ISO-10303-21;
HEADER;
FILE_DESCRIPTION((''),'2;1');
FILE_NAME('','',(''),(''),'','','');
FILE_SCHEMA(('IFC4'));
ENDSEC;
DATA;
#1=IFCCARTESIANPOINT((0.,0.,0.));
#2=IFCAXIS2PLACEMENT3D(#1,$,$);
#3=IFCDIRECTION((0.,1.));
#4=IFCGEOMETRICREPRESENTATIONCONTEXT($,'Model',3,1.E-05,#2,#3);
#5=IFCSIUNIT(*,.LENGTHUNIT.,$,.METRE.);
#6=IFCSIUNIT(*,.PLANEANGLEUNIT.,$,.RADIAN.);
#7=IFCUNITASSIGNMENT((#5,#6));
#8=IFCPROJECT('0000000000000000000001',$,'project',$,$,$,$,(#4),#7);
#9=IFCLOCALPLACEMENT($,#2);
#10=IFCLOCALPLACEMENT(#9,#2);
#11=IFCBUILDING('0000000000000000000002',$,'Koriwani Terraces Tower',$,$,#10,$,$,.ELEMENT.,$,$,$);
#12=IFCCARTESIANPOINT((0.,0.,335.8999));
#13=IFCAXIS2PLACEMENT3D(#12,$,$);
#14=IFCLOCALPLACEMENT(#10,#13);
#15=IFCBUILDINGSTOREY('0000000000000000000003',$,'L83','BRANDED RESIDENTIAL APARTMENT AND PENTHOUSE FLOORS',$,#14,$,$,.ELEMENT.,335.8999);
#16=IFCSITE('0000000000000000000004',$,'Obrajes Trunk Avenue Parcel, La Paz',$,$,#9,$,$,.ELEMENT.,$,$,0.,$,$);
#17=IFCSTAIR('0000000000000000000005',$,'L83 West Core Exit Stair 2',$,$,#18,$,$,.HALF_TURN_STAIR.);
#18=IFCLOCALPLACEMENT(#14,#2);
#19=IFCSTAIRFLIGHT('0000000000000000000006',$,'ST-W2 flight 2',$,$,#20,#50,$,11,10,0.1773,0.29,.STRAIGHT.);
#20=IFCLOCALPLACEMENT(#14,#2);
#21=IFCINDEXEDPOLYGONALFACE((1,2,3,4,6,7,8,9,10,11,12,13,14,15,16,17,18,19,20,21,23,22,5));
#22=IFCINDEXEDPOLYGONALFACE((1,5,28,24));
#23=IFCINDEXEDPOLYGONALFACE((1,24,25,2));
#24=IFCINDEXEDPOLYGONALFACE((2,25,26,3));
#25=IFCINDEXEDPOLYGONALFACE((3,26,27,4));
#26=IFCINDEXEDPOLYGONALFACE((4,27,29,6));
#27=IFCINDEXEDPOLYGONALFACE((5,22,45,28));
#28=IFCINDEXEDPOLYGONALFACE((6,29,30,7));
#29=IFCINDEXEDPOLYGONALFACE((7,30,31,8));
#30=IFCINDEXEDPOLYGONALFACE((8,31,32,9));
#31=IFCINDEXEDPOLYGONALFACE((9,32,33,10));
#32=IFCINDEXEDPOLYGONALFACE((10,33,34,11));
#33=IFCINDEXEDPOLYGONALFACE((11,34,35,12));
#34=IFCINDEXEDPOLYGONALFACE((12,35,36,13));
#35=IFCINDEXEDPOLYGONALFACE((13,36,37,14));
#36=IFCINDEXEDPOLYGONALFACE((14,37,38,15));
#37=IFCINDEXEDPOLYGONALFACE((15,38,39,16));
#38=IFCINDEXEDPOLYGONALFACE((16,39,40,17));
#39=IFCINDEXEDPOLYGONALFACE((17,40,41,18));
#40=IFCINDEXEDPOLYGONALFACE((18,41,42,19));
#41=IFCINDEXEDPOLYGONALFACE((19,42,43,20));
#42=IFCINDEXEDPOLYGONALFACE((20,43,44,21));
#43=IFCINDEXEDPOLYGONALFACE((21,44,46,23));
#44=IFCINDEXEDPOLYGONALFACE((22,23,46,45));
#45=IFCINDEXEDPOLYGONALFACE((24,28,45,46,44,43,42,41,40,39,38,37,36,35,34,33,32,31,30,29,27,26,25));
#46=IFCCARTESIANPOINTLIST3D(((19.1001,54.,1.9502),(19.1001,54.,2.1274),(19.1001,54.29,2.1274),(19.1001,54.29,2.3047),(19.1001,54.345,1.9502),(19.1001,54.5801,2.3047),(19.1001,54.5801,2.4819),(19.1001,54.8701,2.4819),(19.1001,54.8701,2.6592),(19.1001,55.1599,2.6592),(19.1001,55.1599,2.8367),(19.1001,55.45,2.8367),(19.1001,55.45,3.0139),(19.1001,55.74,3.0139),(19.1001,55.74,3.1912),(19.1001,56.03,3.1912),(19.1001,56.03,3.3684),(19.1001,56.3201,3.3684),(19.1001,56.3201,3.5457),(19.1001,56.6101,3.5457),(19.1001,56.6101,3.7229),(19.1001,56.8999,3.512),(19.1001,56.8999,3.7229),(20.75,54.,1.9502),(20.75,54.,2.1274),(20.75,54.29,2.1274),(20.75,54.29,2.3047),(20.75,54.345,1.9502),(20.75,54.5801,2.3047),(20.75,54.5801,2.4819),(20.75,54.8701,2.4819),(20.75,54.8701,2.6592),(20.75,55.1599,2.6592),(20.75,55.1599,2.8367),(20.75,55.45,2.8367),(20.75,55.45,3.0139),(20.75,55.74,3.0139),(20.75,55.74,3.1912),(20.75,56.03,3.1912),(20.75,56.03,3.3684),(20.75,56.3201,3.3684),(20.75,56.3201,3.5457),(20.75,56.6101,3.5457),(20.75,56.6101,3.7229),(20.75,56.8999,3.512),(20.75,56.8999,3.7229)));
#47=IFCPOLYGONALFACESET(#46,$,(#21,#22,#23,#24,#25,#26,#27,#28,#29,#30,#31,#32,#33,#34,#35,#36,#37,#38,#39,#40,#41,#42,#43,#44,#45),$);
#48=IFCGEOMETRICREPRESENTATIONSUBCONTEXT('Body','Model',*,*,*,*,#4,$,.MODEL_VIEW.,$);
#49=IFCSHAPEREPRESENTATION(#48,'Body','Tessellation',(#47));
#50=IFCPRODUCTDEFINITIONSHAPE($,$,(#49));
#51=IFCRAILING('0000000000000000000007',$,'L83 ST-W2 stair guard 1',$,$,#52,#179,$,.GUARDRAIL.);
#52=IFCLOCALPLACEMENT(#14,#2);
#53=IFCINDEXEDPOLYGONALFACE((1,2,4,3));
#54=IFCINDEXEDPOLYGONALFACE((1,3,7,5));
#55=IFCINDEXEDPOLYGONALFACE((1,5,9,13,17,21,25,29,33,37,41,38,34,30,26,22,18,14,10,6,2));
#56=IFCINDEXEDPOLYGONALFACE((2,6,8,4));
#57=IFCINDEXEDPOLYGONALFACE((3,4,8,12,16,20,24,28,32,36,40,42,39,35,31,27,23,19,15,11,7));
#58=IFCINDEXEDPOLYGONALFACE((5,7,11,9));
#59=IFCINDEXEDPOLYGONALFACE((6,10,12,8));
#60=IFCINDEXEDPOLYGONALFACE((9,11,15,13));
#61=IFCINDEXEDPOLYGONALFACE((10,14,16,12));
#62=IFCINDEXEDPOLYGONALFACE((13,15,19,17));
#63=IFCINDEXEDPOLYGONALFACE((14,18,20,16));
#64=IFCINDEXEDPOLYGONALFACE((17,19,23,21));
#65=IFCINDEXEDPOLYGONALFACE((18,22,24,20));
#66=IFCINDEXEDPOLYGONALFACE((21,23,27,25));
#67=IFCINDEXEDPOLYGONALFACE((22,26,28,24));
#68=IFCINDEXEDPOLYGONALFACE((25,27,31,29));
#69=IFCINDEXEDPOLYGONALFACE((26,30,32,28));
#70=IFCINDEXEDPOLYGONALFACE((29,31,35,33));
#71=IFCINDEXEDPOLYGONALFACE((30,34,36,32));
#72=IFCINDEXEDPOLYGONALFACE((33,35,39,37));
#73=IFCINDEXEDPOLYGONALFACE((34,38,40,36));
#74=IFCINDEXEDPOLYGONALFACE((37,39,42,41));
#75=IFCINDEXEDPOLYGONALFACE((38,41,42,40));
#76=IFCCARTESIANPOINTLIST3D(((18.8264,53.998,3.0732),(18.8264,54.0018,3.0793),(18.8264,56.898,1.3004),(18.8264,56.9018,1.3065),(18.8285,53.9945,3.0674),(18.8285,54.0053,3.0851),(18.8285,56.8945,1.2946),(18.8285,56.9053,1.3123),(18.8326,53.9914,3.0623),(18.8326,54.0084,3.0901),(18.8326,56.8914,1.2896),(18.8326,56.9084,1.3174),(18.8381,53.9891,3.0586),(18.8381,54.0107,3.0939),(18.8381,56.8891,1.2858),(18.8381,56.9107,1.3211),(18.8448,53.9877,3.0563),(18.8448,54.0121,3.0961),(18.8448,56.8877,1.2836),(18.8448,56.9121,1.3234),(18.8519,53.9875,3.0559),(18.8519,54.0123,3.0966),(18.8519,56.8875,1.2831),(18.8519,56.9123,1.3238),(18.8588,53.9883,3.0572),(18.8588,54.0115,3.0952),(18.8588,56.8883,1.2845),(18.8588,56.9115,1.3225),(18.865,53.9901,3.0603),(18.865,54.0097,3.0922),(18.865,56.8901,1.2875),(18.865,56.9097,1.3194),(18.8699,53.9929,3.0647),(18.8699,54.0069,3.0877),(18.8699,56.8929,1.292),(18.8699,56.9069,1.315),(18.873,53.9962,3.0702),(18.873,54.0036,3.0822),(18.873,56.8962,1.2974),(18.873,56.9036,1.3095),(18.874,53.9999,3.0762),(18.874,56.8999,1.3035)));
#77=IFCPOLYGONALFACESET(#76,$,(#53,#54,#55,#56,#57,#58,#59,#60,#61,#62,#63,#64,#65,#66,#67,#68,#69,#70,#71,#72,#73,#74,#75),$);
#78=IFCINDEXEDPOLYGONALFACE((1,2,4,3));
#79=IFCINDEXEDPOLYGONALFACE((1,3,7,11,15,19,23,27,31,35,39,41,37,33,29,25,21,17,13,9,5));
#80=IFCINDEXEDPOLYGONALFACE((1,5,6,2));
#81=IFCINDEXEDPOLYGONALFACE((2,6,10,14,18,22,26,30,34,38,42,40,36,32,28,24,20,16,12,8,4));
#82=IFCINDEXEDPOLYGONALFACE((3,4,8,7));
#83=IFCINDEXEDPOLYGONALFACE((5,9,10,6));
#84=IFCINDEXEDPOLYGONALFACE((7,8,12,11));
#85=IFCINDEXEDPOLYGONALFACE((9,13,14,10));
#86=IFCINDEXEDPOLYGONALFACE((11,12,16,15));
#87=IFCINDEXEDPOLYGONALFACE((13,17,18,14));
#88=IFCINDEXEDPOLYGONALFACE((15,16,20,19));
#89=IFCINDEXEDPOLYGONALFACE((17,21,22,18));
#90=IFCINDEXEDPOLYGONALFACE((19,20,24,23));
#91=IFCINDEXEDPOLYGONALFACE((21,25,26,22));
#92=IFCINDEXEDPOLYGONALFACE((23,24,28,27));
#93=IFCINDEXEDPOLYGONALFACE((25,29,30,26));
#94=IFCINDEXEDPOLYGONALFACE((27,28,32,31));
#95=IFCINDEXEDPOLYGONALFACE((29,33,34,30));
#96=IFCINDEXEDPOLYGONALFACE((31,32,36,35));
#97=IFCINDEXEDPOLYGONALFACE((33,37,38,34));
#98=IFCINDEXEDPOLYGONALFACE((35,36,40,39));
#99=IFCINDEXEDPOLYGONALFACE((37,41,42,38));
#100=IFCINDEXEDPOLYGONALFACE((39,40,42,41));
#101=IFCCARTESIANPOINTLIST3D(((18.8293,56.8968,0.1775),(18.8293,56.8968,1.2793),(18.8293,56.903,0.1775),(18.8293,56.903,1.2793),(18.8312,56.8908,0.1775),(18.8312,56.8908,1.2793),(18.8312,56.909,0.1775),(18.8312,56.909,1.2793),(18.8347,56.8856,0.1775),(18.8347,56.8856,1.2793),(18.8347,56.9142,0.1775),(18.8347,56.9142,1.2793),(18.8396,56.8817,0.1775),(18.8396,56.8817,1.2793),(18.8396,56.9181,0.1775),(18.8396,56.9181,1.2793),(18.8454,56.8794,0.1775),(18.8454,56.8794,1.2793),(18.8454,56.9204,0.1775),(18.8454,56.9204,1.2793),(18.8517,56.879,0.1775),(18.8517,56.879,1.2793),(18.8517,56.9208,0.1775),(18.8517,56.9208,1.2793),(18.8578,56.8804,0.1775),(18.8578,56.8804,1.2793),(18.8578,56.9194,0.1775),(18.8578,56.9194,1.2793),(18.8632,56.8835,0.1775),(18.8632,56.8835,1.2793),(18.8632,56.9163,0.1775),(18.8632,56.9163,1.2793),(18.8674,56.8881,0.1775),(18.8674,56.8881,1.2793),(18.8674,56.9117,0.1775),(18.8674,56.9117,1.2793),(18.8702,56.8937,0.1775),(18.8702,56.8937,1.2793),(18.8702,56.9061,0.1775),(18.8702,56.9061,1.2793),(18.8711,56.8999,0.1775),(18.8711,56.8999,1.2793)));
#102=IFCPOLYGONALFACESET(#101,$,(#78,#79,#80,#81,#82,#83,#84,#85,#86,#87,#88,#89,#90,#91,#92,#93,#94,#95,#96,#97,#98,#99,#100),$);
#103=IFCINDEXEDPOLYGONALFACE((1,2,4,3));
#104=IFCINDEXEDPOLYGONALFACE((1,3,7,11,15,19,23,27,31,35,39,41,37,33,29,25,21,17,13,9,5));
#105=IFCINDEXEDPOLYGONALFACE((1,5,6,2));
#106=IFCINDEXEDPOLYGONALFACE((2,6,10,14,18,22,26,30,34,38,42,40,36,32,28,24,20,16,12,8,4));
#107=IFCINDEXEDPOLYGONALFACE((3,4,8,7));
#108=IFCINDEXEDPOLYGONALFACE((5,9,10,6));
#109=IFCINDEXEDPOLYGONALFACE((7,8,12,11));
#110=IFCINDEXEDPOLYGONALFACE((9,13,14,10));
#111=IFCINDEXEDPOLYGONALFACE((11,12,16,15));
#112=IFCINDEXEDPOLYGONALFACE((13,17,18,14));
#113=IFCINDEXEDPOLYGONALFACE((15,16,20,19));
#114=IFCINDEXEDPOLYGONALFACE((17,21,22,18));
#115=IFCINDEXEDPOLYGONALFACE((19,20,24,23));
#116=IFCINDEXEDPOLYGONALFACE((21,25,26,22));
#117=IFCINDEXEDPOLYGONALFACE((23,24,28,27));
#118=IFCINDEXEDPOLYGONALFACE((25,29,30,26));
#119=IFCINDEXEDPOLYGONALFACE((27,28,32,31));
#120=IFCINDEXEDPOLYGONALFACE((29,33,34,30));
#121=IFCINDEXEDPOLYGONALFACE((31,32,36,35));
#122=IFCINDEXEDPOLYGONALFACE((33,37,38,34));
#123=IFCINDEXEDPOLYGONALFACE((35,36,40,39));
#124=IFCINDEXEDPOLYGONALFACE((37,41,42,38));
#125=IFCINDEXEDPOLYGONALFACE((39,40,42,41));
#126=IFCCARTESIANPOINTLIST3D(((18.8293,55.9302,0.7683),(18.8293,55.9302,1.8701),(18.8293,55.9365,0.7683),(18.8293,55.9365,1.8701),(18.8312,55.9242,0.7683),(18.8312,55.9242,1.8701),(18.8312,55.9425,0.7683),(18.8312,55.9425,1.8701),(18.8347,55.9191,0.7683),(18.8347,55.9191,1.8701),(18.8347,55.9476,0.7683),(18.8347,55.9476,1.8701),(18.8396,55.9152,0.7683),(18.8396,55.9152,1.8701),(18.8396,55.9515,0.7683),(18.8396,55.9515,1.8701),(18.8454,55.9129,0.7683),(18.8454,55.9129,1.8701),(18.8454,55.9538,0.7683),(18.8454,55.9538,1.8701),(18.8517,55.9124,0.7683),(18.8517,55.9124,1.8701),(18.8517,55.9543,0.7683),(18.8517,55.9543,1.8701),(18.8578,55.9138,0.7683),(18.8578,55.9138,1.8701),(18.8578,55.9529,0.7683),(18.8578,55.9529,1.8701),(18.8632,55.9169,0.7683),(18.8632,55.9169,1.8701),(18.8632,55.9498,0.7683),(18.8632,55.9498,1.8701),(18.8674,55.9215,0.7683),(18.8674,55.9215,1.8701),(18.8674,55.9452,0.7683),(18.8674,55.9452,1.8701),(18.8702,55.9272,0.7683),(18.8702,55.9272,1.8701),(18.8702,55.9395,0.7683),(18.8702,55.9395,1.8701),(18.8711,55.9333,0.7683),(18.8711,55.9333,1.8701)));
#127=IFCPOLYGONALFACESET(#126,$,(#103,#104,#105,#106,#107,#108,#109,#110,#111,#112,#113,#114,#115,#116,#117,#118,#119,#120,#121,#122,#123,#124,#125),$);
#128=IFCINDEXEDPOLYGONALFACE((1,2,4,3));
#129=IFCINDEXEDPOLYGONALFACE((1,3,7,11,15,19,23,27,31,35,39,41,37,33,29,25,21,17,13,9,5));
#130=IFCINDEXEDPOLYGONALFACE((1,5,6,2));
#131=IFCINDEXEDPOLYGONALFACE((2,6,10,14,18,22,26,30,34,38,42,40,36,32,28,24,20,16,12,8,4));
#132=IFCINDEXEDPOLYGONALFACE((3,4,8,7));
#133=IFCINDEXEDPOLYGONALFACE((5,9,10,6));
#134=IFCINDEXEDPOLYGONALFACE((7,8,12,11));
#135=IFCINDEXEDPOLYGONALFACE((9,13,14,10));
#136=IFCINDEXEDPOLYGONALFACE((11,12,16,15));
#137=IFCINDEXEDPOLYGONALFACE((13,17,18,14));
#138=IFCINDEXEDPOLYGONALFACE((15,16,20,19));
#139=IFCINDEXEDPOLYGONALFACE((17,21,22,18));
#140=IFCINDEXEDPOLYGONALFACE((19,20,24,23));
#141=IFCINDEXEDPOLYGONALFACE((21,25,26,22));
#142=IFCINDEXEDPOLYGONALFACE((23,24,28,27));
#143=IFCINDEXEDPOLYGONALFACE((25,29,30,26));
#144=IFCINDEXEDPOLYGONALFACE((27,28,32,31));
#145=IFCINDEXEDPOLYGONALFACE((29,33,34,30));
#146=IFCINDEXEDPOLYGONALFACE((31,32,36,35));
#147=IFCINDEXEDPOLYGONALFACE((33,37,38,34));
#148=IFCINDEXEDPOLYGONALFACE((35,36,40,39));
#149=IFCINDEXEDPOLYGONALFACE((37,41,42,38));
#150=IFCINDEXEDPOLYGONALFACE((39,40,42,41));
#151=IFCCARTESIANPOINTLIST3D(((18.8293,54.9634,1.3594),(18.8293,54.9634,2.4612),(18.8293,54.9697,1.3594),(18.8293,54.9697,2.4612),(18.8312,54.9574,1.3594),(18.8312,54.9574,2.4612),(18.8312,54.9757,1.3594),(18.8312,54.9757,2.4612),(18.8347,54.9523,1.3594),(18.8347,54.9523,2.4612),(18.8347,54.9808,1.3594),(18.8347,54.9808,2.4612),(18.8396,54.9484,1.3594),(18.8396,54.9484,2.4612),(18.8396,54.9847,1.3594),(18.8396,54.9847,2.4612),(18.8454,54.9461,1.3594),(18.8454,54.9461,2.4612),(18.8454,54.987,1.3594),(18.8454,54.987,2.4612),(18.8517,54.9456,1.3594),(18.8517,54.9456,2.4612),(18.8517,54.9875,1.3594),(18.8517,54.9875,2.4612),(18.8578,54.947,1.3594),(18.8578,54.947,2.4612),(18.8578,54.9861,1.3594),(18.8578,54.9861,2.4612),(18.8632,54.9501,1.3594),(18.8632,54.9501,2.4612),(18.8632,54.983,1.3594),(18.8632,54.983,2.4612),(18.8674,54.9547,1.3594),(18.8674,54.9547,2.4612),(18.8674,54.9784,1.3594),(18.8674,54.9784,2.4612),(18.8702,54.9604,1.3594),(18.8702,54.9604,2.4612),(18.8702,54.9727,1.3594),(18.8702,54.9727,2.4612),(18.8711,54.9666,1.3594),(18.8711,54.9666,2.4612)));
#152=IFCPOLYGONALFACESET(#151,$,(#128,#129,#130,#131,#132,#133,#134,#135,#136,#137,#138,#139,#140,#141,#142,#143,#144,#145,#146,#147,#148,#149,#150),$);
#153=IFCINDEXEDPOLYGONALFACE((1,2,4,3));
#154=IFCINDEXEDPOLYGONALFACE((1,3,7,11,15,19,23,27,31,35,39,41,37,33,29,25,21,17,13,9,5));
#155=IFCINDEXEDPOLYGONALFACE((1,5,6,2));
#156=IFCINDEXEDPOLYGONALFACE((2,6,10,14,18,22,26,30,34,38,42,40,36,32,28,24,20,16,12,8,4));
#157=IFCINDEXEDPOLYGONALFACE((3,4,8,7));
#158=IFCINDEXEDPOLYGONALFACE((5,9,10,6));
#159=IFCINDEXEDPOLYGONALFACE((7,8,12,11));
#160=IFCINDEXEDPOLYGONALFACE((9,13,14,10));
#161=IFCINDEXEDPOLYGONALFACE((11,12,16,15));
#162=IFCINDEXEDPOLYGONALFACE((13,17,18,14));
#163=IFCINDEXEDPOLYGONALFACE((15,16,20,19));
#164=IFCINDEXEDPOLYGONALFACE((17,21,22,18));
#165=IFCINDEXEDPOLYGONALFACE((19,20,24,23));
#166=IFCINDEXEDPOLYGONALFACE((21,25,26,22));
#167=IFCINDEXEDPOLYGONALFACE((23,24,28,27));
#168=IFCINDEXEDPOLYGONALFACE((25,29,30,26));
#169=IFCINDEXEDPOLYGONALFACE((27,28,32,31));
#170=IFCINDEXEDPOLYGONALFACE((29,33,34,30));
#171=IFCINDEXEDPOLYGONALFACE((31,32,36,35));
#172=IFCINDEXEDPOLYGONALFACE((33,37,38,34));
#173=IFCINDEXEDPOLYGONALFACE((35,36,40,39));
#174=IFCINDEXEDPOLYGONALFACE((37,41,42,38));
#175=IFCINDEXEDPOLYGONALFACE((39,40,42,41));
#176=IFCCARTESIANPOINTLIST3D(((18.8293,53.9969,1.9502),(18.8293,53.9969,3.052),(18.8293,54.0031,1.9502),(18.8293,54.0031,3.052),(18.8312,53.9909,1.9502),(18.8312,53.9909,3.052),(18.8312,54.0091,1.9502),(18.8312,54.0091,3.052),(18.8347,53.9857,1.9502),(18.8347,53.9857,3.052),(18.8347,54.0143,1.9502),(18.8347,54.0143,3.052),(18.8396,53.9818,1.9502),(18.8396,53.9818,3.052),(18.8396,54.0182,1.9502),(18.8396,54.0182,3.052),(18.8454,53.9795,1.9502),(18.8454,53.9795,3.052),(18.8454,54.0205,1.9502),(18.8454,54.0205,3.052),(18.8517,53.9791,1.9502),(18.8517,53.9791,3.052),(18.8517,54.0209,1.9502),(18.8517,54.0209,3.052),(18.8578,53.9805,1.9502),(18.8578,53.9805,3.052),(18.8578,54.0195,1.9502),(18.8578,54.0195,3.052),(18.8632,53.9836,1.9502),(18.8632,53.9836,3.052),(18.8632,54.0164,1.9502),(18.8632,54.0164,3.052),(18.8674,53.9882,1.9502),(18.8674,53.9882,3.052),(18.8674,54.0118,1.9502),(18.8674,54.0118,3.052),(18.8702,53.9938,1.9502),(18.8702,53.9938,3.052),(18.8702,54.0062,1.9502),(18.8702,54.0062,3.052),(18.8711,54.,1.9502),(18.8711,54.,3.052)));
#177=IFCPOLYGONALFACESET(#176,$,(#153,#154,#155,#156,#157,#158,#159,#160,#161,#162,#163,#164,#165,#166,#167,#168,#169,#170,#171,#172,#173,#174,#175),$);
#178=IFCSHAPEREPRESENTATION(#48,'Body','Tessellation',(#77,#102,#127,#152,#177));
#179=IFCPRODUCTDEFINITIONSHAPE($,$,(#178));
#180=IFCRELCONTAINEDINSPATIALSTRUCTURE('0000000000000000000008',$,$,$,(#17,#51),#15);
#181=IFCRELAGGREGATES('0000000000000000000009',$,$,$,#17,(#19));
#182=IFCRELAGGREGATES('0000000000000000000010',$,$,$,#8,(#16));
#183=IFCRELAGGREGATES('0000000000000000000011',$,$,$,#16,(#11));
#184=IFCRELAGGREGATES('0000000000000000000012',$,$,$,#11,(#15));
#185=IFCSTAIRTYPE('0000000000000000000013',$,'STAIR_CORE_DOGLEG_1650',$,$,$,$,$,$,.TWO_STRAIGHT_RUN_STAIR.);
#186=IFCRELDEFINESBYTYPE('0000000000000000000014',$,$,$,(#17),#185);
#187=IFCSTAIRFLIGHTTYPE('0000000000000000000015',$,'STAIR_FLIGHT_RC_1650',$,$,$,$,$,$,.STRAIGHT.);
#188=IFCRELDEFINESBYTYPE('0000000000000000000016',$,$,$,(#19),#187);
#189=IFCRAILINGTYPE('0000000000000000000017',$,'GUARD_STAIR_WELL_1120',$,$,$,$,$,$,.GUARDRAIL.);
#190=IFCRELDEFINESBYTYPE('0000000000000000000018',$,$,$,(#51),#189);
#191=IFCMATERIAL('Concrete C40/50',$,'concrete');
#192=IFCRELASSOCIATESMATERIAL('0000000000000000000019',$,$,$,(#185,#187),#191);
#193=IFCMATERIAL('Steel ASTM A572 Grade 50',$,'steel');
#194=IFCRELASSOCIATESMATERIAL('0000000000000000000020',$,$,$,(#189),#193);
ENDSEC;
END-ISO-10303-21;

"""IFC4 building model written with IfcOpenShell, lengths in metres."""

from ifc_helpers import new_model, si_unit, direction, frame, origin, origin_2d, place, context, subcontext, project, spatial, polyline, circle, outline, extrude, material, type_object, element, aggregate, save


model = new_model("IFC4")

# Units and contexts
model_context = context("Model", 3, precision=1e-05, world=origin(), true_north=direction((0.0, 1.0)))
body_context = subcontext(model_context, "Body", "Model", "MODEL_VIEW")
ifc_project = project(units=[si_unit("LENGTHUNIT", "METRE"), si_unit("PLANEANGLEUNIT", "RADIAN")], contexts=[model_context])

# Site, building, storey
site_placement = place(None, origin())
site = spatial("IfcSite", under=ifc_project, at=site_placement, Name="Obrajes Trunk Avenue Parcel, La Paz", CompositionType="ELEMENT", RefElevation=0.0)
building_placement = place(site_placement, origin())
building = spatial("IfcBuilding", under=site, at=building_placement, Name="Koriwani Terraces Tower", CompositionType="ELEMENT")
storey_placement = place(building_placement, frame((0.0, 0.0, 335.8999)))
storey = spatial("IfcBuildingStorey", under=building, at=storey_placement, Name="L83", Description="BRANDED RESIDENTIAL APARTMENT AND PENTHOUSE FLOORS", CompositionType="ELEMENT", Elevation=335.8999)

# Shared definitions
ifc_material_1 = material(Name="Concrete C40/50", Category="concrete")
ifc_material_2 = material(Name="Steel ASTM A572 Grade 50", Category="steel")

# Stair, stair flight
stair_type = type_object("IfcStairType", Name="STAIR_CORE_DOGLEG_1650", PredefinedType="TWO_STRAIGHT_RUN_STAIR", material=ifc_material_1)
stair_placement = place(storey_placement, origin())
stair = element("IfcStair", 1, at=stair_placement, inside=storey, type_object=stair_type, Name="L83 West Core Exit Stair 2", PredefinedType="HALF_TURN_STAIR")
stair_flight_type = type_object("IfcStairFlightType", Name="STAIR_FLIGHT_RC_1650", PredefinedType="STRAIGHT", material=ifc_material_1)
stair_flight_1_placement = place(storey_placement, frame((19.925, 54.0, 1.9502), z_axis=(0.0, 0.0, 1.0), x_axis=(0.0, 1.0, 0.0)))
stair_flight_1 = element("IfcStairFlight", 2, at=stair_flight_1_placement, type_object=stair_flight_type, Name="ST-W2 flight 2", NumberOfRisers=11, NumberOfTreads=10, PredefinedType="STRAIGHT", RiserHeight=0.1773, TreadLength=0.29, context=body_context, shape_type="SweptSolid", body=[
    extrude(outline(polyline([(0.0, 0.0), (0.0, 0.1772), (0.29, 0.1772), (0.29, 0.3545), (0.5801, 0.3545), (0.5801, 0.5317), (0.8701, 0.5317), (0.8701, 0.709), (1.1599, 0.709), (1.1599, 0.8865), (1.45, 0.8865), (1.45, 1.0637), (1.74, 1.0637), (1.74, 1.241), (2.03, 1.241), (2.03, 1.4182), (2.3201, 1.4182), (2.3201, 1.5955), (2.6101, 1.5955), (2.6101, 1.7727), (2.8999, 1.7727), (2.8999, 1.95), (2.8999, 1.5618), (0.345, 0.0), (0.0, 0.0)])), frame((0.0, 0.825, 0.0), z_axis=(0.0, -1.0, 0.0), x_axis=(1.0, 0.0, 0.0)), (0.0, 0.0, 1.0), 1.6499),
])
aggregate(stair, [stair_flight_1])

# Railing
railing_type_1 = type_object("IfcRailingType", Name="GUARD_STAIR_WELL_1120", PredefinedType="GUARDRAIL", material=ifc_material_2)
railing_1_placement = place(storey_placement, frame((18.8501, 56.8999, 0.1775)))
element("IfcRailing", 3, at=railing_1_placement, inside=storey, type_object=railing_type_1, Name="L83 ST-W2 stair guard 1", PredefinedType="GUARDRAIL", context=body_context, shape_type="SweptSolid", body=[
    extrude(circle(Radius=0.0239, at=origin_2d()), frame((0.0, 0.0, 1.126), z_axis=(0.0, -0.853211, 0.521566), x_axis=(1.0, 0.0, 0.0)), (0.0, 0.0, 1.0), 3.3989),
    extrude(circle(Radius=0.021, at=origin_2d()), origin(), (0.0, 0.0, 1.0), 1.1018),
    extrude(circle(Radius=0.021, at=origin_2d()), frame((0.0, -0.9666, 0.5908)), (0.0, 0.0, 1.0), 1.1018),
    extrude(circle(Radius=0.021, at=origin_2d()), frame((0.0, -1.9333, 1.1819)), (0.0, 0.0, 1.0), 1.1018),
    extrude(circle(Radius=0.021, at=origin_2d()), frame((0.0, -2.8999, 1.7727)), (0.0, 0.0, 1.0), 1.1018),
])

save(model, "model.ifc")
